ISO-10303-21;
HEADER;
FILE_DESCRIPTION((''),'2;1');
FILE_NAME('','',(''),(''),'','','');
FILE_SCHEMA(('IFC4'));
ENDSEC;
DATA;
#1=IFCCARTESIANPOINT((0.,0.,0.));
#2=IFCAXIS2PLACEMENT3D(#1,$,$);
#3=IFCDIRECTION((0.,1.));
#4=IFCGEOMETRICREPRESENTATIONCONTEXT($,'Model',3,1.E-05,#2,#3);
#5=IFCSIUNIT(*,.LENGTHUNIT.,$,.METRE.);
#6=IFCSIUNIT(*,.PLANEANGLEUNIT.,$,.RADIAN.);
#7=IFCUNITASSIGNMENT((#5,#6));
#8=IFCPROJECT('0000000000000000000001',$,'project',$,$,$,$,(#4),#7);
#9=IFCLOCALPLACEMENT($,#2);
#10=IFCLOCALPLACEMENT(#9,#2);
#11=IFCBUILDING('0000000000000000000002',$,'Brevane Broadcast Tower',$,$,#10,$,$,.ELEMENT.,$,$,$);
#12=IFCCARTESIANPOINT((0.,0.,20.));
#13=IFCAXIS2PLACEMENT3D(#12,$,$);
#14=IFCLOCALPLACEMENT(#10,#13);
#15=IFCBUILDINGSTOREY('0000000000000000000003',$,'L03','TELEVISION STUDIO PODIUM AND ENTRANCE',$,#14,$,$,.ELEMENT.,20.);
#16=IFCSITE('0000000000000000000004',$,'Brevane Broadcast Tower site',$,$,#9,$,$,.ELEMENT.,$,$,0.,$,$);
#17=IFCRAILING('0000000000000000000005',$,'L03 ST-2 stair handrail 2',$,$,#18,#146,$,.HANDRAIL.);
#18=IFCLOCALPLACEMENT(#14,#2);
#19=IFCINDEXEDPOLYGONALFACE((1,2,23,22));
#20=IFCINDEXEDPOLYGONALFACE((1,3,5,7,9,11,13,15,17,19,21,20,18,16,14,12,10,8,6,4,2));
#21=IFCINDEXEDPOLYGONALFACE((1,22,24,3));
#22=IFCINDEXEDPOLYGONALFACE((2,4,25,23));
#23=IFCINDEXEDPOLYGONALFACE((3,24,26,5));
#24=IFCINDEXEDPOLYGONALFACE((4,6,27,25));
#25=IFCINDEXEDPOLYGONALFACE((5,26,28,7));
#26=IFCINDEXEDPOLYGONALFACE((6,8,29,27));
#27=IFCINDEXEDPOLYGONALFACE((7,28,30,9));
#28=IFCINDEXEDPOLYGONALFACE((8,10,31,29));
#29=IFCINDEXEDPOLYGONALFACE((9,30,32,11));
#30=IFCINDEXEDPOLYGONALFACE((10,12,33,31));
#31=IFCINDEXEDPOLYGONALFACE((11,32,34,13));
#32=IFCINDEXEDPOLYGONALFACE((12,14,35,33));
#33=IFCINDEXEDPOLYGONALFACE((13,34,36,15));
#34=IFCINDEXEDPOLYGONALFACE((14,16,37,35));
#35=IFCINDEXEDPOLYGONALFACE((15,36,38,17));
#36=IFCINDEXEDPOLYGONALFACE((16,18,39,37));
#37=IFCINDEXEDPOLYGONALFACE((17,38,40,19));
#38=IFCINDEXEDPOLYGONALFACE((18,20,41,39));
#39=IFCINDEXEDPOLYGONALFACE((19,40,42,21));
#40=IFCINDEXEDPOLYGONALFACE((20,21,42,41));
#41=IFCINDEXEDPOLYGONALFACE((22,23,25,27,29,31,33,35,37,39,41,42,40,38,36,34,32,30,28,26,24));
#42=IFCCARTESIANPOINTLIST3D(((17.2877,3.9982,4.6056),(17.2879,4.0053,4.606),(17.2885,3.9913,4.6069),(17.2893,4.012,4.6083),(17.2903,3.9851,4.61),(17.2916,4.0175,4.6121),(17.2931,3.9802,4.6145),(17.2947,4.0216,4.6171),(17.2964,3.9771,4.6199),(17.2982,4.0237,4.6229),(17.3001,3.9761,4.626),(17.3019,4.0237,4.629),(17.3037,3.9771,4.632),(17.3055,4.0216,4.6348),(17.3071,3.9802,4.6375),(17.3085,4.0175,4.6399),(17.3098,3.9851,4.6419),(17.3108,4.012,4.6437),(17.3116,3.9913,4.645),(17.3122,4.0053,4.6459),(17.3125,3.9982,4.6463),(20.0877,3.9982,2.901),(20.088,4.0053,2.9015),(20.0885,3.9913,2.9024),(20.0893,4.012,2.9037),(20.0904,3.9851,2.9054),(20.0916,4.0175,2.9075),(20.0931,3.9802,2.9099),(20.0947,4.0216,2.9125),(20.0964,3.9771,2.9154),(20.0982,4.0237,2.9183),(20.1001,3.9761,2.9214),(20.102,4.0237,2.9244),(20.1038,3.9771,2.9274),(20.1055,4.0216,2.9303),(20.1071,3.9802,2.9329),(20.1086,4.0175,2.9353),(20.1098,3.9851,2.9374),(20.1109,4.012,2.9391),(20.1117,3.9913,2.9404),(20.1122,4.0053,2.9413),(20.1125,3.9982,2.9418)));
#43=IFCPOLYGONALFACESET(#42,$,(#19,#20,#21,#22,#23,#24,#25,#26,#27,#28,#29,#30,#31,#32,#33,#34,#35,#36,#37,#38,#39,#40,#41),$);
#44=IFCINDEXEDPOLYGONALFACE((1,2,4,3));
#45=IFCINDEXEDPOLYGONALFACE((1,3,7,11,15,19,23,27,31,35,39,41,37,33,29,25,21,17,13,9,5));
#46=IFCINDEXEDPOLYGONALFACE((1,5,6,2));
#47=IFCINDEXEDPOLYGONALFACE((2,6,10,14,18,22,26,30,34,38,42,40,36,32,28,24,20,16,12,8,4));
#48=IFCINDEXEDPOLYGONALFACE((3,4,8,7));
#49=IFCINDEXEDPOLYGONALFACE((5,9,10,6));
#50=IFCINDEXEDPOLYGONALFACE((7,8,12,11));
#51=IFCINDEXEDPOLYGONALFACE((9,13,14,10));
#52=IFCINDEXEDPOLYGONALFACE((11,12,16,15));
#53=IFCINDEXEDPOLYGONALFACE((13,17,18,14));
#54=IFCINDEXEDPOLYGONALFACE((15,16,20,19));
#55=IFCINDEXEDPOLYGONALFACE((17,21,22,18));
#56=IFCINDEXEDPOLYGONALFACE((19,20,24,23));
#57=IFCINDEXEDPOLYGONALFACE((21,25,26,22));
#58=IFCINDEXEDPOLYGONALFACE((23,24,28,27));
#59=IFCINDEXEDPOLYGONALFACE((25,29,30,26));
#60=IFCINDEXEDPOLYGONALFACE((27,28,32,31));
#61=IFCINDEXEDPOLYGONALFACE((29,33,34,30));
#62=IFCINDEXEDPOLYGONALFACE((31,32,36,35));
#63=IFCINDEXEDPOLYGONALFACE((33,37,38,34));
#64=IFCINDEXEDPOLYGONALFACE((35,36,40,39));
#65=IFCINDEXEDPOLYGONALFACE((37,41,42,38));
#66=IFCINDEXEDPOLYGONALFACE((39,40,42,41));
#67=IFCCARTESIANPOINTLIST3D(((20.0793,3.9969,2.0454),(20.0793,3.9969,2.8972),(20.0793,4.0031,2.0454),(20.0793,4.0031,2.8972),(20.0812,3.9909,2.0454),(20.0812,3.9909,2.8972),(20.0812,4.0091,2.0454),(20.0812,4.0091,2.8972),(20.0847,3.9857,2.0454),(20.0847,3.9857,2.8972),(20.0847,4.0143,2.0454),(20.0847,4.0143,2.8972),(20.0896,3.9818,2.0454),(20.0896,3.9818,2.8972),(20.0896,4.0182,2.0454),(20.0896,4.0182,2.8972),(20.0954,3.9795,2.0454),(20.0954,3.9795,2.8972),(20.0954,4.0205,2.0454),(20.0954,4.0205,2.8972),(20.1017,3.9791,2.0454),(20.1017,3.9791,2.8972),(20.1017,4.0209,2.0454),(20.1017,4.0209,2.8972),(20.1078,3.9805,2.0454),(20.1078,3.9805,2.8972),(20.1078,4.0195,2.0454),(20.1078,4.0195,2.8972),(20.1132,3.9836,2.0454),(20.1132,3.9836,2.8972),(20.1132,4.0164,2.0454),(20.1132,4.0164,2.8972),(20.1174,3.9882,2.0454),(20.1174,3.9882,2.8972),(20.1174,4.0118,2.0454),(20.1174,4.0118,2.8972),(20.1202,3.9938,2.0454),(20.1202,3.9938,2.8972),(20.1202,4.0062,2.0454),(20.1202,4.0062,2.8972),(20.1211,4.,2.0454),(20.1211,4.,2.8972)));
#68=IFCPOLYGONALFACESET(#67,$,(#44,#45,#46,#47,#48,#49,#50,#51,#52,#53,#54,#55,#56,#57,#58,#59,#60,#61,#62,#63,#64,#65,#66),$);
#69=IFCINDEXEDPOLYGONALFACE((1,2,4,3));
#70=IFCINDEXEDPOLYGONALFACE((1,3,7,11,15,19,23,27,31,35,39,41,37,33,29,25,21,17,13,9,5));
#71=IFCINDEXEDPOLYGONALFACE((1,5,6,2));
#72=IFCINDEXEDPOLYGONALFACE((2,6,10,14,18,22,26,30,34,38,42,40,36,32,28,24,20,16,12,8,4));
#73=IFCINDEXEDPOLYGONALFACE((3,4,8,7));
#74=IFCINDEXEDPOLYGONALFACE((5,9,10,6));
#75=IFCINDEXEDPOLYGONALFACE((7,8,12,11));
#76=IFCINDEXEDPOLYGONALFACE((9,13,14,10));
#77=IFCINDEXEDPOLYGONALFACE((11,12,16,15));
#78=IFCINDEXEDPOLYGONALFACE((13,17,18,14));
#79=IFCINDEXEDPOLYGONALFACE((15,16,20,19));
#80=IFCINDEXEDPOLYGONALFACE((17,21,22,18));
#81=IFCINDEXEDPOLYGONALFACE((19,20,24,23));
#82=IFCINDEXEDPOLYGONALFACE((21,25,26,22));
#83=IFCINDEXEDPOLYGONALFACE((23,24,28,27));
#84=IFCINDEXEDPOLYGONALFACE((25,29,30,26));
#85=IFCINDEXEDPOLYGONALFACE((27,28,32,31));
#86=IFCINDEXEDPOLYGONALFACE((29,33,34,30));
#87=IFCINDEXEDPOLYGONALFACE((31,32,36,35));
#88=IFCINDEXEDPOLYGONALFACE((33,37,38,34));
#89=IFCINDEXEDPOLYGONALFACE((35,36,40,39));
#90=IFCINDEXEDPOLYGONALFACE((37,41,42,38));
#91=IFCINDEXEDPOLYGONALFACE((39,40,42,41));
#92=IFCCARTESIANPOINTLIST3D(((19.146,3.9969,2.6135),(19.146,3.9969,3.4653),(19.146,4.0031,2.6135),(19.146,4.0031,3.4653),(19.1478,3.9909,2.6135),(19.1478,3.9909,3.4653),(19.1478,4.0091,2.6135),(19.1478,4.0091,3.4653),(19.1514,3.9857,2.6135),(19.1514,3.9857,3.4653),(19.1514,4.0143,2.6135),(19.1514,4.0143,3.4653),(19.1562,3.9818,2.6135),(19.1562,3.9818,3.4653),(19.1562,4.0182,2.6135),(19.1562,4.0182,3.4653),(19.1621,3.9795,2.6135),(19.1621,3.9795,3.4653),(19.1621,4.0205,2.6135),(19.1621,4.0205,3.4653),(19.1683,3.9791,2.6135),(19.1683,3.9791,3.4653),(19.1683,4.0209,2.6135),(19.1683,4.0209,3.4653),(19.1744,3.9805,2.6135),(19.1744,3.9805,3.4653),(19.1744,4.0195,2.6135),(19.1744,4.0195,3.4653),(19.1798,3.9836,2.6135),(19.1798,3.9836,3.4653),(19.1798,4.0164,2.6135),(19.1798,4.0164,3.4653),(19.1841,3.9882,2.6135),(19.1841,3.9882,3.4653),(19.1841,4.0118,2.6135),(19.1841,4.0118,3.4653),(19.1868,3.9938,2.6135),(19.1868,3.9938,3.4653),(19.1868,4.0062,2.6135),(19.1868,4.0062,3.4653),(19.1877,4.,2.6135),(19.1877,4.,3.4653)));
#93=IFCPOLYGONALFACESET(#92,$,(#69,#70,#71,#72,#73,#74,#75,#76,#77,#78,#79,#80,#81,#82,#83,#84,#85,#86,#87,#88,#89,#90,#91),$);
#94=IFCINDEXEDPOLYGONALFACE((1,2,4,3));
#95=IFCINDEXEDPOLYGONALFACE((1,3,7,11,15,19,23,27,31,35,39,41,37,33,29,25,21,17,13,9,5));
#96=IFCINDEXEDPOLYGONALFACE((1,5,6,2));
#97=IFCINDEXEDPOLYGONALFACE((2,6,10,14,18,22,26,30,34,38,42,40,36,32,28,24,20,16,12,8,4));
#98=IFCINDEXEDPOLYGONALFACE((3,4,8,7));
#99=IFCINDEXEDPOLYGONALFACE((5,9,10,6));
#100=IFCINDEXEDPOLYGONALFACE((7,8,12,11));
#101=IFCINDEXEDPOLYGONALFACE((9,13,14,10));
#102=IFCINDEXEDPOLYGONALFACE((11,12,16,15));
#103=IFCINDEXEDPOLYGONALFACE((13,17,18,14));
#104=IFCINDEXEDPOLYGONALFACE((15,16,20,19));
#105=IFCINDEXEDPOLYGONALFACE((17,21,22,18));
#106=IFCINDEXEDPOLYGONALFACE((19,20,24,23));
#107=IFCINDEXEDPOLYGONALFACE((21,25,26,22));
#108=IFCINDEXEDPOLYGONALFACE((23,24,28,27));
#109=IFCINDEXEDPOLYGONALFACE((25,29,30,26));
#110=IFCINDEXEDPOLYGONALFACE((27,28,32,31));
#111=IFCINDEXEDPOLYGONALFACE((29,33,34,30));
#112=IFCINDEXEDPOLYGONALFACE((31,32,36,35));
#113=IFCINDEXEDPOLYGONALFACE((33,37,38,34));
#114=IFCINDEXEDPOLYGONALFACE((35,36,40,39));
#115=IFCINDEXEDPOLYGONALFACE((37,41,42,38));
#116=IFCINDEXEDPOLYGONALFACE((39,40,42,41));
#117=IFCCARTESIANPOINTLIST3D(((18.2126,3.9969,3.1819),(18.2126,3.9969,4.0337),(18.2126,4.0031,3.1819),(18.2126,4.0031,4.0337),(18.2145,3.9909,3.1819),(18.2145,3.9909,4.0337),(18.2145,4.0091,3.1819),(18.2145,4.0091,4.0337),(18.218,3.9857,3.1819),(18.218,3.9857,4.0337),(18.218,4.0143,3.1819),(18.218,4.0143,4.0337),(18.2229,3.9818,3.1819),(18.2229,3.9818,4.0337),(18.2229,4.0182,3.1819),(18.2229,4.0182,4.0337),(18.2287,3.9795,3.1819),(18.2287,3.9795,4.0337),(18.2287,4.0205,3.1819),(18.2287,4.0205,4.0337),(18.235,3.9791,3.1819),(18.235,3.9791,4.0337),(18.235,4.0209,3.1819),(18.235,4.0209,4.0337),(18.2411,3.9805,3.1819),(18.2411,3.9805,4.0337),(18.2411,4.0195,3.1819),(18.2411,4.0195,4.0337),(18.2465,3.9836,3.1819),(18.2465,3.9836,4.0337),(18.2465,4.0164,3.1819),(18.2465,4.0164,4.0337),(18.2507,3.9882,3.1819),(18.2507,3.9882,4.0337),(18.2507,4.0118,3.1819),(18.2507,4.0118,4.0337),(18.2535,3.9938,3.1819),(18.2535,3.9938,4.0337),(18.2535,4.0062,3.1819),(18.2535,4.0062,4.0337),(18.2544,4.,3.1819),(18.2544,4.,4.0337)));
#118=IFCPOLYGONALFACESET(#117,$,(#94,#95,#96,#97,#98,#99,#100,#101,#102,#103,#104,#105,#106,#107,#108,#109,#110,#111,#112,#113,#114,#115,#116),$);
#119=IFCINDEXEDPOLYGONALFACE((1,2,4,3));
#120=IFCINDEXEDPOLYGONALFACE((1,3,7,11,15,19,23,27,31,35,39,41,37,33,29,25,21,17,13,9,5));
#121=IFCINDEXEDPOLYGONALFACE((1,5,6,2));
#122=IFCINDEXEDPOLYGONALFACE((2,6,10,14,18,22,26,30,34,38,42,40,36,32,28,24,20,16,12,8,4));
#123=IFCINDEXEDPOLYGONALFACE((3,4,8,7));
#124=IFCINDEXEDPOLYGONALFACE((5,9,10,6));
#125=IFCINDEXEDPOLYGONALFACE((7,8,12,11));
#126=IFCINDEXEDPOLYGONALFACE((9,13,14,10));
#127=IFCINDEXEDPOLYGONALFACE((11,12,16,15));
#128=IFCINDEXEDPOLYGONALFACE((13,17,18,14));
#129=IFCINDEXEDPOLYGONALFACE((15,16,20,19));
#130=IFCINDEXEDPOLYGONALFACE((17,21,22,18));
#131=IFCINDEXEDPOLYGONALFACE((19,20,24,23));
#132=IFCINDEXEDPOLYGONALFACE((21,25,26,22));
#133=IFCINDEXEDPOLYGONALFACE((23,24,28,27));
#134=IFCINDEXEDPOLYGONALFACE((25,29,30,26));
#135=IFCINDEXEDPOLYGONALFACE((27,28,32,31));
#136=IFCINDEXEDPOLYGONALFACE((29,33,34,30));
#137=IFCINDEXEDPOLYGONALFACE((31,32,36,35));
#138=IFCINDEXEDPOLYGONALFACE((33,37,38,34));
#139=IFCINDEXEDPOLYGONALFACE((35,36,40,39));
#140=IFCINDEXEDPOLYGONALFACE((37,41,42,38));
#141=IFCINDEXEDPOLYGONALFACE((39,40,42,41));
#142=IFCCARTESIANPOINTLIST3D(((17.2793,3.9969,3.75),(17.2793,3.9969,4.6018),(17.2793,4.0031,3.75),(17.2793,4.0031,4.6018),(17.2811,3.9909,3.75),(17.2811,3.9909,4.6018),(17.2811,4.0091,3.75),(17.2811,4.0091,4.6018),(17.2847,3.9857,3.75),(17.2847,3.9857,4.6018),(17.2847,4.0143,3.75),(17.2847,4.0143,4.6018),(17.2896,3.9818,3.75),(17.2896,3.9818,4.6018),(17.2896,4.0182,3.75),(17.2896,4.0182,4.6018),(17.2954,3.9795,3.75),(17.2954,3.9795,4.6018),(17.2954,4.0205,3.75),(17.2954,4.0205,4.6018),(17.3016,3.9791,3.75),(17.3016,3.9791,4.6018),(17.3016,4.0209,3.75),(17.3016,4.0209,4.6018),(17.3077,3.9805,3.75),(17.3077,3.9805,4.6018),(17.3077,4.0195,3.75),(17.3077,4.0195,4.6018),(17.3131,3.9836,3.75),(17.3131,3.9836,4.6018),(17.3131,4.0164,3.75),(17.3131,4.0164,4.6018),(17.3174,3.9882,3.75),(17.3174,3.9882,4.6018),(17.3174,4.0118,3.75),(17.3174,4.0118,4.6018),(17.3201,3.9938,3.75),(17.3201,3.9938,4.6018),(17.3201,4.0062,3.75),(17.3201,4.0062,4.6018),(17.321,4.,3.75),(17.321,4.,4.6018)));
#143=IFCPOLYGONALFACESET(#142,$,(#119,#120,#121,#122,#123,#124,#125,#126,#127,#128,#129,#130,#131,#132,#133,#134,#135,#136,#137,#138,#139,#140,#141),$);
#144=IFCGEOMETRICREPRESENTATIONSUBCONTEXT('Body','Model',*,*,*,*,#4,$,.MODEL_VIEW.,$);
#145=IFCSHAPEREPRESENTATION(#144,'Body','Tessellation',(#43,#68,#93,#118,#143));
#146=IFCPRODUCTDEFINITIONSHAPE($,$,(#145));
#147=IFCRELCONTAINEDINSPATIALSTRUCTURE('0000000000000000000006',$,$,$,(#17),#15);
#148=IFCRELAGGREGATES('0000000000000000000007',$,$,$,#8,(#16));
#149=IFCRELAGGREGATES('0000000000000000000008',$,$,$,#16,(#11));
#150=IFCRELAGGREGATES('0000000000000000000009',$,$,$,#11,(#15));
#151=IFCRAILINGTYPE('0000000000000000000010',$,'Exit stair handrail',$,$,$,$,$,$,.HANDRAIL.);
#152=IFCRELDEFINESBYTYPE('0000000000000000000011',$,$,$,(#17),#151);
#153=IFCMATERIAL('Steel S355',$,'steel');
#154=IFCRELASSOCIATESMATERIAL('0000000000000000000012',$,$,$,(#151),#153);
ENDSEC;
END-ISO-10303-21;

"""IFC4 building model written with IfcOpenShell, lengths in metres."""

from ifc_helpers import new_model, si_unit, direction, frame, origin, origin_2d, place, context, subcontext, project, spatial, circle, extrude, material, type_object, element, save


model = new_model("IFC4")

# Units and contexts
model_context = context("Model", 3, precision=1e-05, world=origin(), true_north=direction((0.0, 1.0)))
body_context = subcontext(model_context, "Body", "Model", "MODEL_VIEW")
ifc_project = project(units=[si_unit("LENGTHUNIT", "METRE"), si_unit("PLANEANGLEUNIT", "RADIAN")], contexts=[model_context])

# Site, building, storey
site_placement = place(None, origin())
site = spatial("IfcSite", under=ifc_project, at=site_placement, Name="Brevane Broadcast Tower site", CompositionType="ELEMENT", RefElevation=0.0)
building_placement = place(site_placement, origin())
building = spatial("IfcBuilding", under=site, at=building_placement, Name="Brevane Broadcast Tower", CompositionType="ELEMENT")
storey_placement = place(building_placement, frame((0.0, 0.0, 20.0)))
storey = spatial("IfcBuildingStorey", under=building, at=storey_placement, Name="L03", Description="TELEVISION STUDIO PODIUM AND ENTRANCE", CompositionType="ELEMENT", Elevation=20.0)

# Railing
ifc_material_1 = material(Name="Steel S355", Category="steel")
railing_type_1 = type_object("IfcRailingType", Name="Exit stair handrail", PredefinedType="HANDRAIL", material=ifc_material_1)
for number, where, name in (
    (1, (20.1001, 4.0, 2.0454), "L03 ST-2 stair handrail 2"),
):
    element("IfcRailing", number, at=place(storey_placement, frame(where)), inside=storey, type_object=railing_type_1, Name=name, PredefinedType="HANDRAIL", context=body_context, shape_type="SweptSolid", body=[
        extrude(circle(Radius=0.0239, at=origin_2d()), frame((0.0, 0.0, 0.876), z_axis=(-0.85417, 0.0, 0.519994), x_axis=(0.0, -1.0, 0.0)), (0.0, 0.0, 1.0), 3.2781),
        extrude(circle(Radius=0.021, at=origin_2d()), origin(), (0.0, 0.0, 1.0), 0.8518),
        extrude(circle(Radius=0.021, at=origin_2d()), frame((-0.9333, 0.0, 0.5681)), (0.0, 0.0, 1.0), 0.8518),
        extrude(circle(Radius=0.021, at=origin_2d()), frame((-1.8667, 0.0, 1.1365)), (0.0, 0.0, 1.0), 0.8518),
        extrude(circle(Radius=0.021, at=origin_2d()), frame((-2.8, 0.0, 1.7046)), (0.0, 0.0, 1.0), 0.8518),
    ])

save(model, "model.ifc")
